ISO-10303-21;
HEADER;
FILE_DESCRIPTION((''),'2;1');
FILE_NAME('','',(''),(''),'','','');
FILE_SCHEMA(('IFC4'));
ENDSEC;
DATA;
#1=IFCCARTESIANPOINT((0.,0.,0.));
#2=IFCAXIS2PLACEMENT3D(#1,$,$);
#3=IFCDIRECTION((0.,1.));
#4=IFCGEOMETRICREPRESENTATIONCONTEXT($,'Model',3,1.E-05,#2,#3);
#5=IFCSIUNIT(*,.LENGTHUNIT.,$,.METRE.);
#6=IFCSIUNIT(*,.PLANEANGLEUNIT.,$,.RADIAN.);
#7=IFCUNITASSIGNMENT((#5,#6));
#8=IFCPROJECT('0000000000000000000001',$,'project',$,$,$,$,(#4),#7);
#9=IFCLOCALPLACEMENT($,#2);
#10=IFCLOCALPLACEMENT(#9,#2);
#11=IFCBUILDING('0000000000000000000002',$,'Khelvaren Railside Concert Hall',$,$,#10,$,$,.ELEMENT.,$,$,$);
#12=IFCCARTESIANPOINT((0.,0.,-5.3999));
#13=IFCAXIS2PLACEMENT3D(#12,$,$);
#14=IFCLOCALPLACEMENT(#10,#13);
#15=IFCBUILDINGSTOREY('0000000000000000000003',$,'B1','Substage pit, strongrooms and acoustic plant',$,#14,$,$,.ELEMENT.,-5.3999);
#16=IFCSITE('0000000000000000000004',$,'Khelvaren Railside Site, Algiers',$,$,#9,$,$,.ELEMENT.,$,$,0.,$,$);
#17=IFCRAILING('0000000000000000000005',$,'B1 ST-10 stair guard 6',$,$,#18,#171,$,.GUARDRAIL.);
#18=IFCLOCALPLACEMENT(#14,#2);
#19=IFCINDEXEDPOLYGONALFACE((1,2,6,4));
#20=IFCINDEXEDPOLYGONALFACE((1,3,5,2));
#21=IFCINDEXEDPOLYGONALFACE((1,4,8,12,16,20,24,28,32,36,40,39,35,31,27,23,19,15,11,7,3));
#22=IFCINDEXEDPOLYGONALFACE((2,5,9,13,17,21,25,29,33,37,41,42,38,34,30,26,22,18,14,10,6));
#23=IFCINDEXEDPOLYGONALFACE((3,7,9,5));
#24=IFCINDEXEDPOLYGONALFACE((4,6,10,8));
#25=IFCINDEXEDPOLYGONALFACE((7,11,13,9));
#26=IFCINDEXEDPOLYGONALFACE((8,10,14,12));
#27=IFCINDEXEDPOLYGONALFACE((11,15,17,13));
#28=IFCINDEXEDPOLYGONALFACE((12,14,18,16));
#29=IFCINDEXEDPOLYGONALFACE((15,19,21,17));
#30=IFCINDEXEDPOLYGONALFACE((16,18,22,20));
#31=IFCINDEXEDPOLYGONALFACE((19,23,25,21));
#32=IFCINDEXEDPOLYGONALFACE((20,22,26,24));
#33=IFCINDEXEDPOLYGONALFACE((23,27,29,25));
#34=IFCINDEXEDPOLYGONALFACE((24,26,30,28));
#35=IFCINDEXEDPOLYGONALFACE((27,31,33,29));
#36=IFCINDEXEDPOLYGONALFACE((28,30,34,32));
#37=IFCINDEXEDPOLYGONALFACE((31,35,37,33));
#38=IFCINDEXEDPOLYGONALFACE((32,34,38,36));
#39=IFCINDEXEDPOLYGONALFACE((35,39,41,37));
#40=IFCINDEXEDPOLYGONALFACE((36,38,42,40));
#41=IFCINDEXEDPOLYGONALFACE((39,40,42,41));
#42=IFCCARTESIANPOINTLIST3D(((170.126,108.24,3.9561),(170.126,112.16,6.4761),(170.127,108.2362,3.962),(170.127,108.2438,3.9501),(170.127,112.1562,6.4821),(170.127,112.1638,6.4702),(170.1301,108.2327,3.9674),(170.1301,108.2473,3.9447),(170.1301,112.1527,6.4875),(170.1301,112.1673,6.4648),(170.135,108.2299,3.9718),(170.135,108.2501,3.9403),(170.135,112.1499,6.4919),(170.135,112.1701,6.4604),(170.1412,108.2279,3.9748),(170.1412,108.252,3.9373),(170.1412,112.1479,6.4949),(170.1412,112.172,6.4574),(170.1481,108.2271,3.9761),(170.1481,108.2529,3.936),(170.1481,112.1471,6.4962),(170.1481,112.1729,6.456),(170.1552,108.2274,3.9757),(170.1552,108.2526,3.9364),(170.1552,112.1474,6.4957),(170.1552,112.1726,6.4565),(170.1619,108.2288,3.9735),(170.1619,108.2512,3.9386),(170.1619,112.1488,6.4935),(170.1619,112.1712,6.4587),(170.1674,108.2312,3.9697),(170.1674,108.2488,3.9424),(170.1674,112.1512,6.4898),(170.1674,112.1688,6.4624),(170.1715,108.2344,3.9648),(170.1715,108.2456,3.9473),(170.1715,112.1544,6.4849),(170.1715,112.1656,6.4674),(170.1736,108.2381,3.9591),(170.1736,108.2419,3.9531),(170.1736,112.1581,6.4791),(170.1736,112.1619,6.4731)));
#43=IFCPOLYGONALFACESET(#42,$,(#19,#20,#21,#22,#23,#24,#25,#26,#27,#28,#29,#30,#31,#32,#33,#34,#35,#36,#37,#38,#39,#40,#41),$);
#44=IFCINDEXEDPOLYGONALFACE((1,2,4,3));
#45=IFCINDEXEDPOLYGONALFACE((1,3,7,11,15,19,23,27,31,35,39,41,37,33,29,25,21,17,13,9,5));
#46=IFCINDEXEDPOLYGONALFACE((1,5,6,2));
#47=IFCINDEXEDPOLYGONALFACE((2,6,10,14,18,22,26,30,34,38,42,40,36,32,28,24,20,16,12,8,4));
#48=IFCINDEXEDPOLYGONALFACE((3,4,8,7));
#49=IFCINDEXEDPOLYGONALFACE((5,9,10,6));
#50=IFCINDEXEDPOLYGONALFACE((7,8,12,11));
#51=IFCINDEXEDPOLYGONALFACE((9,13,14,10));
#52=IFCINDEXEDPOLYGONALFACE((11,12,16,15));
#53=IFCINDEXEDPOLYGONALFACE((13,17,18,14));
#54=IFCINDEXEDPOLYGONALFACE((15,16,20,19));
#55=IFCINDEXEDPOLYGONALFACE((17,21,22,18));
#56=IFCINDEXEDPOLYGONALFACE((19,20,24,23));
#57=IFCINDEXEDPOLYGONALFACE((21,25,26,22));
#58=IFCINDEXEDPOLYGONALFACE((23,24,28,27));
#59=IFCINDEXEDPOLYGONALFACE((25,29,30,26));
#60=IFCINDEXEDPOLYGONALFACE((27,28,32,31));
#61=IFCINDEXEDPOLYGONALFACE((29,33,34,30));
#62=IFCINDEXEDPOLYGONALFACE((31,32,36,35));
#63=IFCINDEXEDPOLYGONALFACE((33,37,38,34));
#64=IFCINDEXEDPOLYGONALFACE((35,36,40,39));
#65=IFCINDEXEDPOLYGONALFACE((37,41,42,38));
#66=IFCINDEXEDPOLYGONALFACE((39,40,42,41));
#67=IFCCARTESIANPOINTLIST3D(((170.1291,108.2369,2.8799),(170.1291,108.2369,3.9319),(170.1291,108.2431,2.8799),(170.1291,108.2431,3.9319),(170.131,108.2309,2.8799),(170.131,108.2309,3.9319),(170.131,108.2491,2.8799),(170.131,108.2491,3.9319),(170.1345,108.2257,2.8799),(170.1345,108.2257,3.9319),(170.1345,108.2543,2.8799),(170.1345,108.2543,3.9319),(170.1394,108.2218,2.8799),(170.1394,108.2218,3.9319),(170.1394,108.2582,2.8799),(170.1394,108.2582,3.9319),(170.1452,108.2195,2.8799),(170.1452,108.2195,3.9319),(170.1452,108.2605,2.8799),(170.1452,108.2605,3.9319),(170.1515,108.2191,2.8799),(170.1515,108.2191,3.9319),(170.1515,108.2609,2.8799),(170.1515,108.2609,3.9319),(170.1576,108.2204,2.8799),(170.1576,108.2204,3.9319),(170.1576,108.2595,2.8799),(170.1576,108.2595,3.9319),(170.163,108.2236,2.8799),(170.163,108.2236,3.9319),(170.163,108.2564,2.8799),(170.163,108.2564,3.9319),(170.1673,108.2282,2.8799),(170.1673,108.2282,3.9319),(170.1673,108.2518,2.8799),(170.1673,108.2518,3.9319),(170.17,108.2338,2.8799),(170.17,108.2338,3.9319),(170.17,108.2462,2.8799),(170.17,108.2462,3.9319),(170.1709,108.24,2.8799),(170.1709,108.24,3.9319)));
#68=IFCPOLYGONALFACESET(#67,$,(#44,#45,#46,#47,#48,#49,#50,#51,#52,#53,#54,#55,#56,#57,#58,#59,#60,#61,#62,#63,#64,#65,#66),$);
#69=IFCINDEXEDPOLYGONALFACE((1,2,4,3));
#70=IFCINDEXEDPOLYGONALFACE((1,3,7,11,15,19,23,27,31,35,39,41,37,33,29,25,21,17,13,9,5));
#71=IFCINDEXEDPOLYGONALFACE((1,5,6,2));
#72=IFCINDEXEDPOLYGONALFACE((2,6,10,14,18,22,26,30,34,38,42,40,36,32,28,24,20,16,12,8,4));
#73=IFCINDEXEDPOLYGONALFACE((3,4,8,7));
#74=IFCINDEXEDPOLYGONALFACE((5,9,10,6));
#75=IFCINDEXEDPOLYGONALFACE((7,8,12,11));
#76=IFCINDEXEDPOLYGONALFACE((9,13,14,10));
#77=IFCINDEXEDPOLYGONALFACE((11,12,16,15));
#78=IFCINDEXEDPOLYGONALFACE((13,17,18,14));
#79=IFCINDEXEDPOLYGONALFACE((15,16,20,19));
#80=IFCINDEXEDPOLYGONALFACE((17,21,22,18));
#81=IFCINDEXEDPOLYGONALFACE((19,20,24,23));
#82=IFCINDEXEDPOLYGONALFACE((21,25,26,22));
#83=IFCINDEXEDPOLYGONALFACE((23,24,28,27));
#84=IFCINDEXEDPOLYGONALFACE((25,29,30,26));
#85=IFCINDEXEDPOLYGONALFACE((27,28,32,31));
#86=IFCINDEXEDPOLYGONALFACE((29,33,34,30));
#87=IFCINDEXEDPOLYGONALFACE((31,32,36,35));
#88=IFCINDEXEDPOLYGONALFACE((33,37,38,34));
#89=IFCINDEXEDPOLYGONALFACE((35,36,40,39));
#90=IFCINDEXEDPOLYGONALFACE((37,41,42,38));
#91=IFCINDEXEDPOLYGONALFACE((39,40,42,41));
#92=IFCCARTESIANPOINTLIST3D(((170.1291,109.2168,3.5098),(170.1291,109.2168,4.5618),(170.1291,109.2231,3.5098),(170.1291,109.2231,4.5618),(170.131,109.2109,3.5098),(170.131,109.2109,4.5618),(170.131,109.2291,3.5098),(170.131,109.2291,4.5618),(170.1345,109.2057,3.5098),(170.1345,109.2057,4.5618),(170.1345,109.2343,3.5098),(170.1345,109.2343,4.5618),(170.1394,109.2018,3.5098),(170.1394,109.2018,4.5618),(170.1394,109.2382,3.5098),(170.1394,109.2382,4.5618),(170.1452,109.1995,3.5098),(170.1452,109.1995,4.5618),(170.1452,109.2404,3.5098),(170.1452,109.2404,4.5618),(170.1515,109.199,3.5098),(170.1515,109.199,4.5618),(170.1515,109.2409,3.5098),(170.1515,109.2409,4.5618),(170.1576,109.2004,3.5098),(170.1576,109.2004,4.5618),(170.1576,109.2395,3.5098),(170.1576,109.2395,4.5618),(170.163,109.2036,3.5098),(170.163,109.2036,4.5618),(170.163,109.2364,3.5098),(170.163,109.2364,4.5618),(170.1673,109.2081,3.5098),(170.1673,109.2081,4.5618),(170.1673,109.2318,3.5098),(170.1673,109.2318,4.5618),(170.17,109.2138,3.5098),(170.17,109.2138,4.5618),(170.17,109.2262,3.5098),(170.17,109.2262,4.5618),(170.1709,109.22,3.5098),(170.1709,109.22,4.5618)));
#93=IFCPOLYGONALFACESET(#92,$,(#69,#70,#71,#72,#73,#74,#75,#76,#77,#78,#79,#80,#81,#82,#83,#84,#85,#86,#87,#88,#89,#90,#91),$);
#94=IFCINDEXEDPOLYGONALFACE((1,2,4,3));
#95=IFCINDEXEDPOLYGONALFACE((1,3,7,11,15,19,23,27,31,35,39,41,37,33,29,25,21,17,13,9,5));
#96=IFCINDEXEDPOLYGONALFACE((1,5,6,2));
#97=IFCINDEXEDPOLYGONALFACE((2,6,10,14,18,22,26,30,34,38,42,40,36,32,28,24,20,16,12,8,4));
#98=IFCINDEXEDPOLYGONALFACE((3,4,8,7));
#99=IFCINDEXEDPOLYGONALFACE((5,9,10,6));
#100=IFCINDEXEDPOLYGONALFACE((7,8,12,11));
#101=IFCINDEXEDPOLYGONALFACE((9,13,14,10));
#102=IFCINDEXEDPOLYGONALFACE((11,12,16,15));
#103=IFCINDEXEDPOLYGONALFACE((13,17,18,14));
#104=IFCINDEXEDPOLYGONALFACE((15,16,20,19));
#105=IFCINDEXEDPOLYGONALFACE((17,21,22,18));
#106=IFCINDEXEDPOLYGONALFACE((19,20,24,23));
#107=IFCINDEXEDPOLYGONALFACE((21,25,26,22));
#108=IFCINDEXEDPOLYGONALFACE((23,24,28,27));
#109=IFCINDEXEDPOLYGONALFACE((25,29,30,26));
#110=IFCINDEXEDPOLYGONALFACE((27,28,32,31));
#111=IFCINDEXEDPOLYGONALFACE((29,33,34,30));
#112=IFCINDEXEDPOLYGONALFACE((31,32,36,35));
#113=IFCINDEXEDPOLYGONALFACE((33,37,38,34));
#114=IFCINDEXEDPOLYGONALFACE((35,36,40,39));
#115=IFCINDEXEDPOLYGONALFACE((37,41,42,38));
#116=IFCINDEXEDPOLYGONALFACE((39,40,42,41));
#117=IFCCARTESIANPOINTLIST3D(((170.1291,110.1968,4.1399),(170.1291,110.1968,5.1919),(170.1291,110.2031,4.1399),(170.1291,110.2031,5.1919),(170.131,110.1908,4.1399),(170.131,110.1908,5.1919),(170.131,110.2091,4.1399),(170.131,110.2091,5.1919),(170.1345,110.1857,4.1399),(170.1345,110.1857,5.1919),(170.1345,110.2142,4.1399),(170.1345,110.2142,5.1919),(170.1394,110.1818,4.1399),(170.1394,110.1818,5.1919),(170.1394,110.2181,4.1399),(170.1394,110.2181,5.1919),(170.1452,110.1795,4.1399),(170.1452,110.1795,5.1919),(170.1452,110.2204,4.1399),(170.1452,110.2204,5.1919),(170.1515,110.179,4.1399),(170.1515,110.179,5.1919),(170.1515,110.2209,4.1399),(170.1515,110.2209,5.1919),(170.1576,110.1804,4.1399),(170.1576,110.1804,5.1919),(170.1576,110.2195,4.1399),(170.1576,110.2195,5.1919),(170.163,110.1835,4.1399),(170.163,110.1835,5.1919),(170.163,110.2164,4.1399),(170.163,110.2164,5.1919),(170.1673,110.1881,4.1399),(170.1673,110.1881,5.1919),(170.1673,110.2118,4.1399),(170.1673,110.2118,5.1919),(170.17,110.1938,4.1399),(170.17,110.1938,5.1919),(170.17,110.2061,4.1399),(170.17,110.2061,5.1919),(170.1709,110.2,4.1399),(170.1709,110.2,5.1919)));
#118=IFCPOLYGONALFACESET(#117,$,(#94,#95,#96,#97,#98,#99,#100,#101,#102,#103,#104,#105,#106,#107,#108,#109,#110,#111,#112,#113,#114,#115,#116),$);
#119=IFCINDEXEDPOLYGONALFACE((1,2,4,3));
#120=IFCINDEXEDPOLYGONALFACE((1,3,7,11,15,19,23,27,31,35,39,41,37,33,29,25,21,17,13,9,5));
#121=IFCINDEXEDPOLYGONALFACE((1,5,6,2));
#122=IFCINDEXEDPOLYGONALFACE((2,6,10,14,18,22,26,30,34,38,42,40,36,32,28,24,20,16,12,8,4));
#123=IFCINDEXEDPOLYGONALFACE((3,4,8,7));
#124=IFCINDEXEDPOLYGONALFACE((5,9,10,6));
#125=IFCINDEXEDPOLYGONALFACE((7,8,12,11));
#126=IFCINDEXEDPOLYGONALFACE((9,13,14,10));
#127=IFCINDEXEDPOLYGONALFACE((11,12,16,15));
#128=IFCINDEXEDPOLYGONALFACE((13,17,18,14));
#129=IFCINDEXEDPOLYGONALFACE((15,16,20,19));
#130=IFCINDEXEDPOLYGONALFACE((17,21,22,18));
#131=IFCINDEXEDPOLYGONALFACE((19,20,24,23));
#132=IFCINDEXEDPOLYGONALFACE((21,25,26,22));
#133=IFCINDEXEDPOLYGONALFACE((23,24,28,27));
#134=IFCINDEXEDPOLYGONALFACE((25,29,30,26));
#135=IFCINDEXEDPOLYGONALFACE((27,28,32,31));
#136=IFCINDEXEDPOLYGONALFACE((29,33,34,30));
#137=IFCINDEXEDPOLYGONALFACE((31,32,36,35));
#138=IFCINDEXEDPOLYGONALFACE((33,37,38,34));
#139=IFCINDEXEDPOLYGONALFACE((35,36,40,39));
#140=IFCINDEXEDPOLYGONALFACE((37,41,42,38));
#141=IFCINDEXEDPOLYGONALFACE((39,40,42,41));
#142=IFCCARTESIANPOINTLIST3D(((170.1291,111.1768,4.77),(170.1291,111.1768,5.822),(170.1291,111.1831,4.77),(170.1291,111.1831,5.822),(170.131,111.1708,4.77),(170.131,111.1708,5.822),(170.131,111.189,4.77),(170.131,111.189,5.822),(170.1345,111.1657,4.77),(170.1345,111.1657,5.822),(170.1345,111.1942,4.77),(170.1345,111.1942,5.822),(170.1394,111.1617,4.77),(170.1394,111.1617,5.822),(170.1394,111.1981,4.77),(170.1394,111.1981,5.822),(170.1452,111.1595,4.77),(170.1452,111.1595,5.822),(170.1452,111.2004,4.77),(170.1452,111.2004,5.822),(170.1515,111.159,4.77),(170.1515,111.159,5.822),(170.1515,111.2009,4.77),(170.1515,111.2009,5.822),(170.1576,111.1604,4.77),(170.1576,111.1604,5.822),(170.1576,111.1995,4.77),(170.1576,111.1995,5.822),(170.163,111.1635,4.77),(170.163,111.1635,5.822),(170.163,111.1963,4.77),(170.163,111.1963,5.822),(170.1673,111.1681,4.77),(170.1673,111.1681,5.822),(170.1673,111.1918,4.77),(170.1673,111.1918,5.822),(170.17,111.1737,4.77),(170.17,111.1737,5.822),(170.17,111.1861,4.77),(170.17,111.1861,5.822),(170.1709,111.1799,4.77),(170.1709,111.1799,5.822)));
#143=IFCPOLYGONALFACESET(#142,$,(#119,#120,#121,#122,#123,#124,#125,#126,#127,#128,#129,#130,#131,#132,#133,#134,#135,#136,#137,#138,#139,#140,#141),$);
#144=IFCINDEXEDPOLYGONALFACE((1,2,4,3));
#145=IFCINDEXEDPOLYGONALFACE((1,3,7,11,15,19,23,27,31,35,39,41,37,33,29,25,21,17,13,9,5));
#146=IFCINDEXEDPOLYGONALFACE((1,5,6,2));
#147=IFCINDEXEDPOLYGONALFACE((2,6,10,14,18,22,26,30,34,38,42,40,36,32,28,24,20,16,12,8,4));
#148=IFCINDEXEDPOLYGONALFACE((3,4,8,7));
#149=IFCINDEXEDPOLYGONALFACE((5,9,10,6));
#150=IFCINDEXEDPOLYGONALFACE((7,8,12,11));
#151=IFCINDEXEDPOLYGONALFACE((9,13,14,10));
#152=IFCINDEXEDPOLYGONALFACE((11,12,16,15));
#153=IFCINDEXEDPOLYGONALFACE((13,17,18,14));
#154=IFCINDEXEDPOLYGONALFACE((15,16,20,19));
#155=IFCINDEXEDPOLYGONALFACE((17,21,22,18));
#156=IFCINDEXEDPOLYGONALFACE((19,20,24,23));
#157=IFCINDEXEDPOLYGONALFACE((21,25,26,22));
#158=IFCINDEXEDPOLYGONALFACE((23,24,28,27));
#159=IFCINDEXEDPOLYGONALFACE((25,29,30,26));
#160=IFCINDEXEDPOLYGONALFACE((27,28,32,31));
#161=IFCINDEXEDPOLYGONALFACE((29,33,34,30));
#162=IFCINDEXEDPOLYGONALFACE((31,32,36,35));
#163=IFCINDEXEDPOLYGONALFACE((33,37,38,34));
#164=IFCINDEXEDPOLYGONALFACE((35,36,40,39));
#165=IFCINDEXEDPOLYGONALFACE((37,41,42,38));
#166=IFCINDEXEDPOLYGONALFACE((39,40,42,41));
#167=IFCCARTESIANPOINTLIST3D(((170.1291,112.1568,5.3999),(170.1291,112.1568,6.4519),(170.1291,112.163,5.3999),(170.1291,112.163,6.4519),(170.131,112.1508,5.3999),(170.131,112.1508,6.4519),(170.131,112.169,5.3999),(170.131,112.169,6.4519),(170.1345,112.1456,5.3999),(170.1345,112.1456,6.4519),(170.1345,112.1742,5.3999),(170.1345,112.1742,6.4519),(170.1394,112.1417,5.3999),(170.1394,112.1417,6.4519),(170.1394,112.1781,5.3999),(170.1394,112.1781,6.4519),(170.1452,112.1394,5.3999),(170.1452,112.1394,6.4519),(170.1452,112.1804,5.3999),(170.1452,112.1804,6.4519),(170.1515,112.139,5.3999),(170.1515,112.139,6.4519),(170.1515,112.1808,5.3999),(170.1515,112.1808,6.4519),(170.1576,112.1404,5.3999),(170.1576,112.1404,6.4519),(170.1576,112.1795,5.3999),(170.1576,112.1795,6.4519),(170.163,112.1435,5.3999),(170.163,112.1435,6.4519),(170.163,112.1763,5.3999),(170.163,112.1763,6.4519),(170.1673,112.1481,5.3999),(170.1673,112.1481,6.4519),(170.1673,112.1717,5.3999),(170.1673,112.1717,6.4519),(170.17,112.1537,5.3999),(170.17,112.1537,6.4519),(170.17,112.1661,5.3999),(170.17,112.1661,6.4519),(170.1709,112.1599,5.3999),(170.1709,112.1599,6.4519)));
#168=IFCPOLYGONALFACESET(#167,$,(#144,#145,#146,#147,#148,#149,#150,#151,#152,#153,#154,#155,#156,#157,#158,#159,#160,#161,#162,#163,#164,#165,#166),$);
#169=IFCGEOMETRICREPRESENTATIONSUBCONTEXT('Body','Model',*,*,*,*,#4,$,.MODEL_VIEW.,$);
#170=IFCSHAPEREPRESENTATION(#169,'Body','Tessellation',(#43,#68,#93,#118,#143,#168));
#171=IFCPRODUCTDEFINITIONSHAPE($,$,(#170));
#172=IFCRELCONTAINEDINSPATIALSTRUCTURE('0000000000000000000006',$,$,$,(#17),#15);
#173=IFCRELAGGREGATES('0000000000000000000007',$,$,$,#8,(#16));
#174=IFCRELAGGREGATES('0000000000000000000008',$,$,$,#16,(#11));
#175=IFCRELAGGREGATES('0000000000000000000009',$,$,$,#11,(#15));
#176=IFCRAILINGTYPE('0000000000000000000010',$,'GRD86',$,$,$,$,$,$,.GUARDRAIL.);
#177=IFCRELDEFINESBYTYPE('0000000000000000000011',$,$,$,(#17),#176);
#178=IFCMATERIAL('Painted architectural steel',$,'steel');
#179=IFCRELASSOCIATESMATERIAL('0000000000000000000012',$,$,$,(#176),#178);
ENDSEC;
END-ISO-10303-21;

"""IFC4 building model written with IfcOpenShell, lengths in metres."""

from ifc_helpers import new_model, si_unit, direction, frame, origin, origin_2d, place, context, subcontext, project, spatial, circle, extrude, material, type_object, element, save


model = new_model("IFC4")

# Units and contexts
model_context = context("Model", 3, precision=1e-05, world=origin(), true_north=direction((0.0, 1.0)))
body_context = subcontext(model_context, "Body", "Model", "MODEL_VIEW")
ifc_project = project(units=[si_unit("LENGTHUNIT", "METRE"), si_unit("PLANEANGLEUNIT", "RADIAN")], contexts=[model_context])

# Site, building, storey
site_placement = place(None, origin())
site = spatial("IfcSite", under=ifc_project, at=site_placement, Name="Khelvaren Railside Site, Algiers", CompositionType="ELEMENT", RefElevation=0.0)
building_placement = place(site_placement, origin())
building = spatial("IfcBuilding", under=site, at=building_placement, Name="Khelvaren Railside Concert Hall", CompositionType="ELEMENT")
storey_placement = place(building_placement, frame((0.0, 0.0, -5.3999)))
storey = spatial("IfcBuildingStorey", under=building, at=storey_placement, Name="B1", Description="Substage pit, strongrooms and acoustic plant", CompositionType="ELEMENT", Elevation=-5.3999)

# Railing
ifc_material_1 = material(Name="Painted architectural steel", Category="steel")
railing_type_1 = type_object("IfcRailingType", Name="GRD86", PredefinedType="GUARDRAIL", material=ifc_material_1)
railing_1_placement = place(storey_placement, frame((170.1499, 108.24, 2.8799)))
element("IfcRailing", 1, at=railing_1_placement, inside=storey, type_object=railing_type_1, Name="B1 ST-10 stair guard 6", PredefinedType="GUARDRAIL", context=body_context, shape_type="SweptSolid", body=[
    extrude(circle(Radius=0.0239, at=origin_2d()), frame((0.0, 0.0, 1.0762), z_axis=(0.0, 0.841172, 0.540768), x_axis=(-1.0, 0.0, 0.0)), (0.0, 0.0, 1.0), 4.6602),
    extrude(circle(Radius=0.021, at=origin_2d()), origin(), (0.0, 0.0, 1.0), 1.052),
    extrude(circle(Radius=0.021, at=origin_2d()), frame((0.0, 0.98, 0.6299)), (0.0, 0.0, 1.0), 1.052),
    extrude(circle(Radius=0.021, at=origin_2d()), frame((0.0, 1.96, 1.26)), (0.0, 0.0, 1.0), 1.052),
    extrude(circle(Radius=0.021, at=origin_2d()), frame((0.0, 2.9399, 1.8901)), (0.0, 0.0, 1.0), 1.052),
    extrude(circle(Radius=0.021, at=origin_2d()), frame((0.0, 3.9199, 2.52)), (0.0, 0.0, 1.0), 1.052),
])

save(model, "model.ifc")
